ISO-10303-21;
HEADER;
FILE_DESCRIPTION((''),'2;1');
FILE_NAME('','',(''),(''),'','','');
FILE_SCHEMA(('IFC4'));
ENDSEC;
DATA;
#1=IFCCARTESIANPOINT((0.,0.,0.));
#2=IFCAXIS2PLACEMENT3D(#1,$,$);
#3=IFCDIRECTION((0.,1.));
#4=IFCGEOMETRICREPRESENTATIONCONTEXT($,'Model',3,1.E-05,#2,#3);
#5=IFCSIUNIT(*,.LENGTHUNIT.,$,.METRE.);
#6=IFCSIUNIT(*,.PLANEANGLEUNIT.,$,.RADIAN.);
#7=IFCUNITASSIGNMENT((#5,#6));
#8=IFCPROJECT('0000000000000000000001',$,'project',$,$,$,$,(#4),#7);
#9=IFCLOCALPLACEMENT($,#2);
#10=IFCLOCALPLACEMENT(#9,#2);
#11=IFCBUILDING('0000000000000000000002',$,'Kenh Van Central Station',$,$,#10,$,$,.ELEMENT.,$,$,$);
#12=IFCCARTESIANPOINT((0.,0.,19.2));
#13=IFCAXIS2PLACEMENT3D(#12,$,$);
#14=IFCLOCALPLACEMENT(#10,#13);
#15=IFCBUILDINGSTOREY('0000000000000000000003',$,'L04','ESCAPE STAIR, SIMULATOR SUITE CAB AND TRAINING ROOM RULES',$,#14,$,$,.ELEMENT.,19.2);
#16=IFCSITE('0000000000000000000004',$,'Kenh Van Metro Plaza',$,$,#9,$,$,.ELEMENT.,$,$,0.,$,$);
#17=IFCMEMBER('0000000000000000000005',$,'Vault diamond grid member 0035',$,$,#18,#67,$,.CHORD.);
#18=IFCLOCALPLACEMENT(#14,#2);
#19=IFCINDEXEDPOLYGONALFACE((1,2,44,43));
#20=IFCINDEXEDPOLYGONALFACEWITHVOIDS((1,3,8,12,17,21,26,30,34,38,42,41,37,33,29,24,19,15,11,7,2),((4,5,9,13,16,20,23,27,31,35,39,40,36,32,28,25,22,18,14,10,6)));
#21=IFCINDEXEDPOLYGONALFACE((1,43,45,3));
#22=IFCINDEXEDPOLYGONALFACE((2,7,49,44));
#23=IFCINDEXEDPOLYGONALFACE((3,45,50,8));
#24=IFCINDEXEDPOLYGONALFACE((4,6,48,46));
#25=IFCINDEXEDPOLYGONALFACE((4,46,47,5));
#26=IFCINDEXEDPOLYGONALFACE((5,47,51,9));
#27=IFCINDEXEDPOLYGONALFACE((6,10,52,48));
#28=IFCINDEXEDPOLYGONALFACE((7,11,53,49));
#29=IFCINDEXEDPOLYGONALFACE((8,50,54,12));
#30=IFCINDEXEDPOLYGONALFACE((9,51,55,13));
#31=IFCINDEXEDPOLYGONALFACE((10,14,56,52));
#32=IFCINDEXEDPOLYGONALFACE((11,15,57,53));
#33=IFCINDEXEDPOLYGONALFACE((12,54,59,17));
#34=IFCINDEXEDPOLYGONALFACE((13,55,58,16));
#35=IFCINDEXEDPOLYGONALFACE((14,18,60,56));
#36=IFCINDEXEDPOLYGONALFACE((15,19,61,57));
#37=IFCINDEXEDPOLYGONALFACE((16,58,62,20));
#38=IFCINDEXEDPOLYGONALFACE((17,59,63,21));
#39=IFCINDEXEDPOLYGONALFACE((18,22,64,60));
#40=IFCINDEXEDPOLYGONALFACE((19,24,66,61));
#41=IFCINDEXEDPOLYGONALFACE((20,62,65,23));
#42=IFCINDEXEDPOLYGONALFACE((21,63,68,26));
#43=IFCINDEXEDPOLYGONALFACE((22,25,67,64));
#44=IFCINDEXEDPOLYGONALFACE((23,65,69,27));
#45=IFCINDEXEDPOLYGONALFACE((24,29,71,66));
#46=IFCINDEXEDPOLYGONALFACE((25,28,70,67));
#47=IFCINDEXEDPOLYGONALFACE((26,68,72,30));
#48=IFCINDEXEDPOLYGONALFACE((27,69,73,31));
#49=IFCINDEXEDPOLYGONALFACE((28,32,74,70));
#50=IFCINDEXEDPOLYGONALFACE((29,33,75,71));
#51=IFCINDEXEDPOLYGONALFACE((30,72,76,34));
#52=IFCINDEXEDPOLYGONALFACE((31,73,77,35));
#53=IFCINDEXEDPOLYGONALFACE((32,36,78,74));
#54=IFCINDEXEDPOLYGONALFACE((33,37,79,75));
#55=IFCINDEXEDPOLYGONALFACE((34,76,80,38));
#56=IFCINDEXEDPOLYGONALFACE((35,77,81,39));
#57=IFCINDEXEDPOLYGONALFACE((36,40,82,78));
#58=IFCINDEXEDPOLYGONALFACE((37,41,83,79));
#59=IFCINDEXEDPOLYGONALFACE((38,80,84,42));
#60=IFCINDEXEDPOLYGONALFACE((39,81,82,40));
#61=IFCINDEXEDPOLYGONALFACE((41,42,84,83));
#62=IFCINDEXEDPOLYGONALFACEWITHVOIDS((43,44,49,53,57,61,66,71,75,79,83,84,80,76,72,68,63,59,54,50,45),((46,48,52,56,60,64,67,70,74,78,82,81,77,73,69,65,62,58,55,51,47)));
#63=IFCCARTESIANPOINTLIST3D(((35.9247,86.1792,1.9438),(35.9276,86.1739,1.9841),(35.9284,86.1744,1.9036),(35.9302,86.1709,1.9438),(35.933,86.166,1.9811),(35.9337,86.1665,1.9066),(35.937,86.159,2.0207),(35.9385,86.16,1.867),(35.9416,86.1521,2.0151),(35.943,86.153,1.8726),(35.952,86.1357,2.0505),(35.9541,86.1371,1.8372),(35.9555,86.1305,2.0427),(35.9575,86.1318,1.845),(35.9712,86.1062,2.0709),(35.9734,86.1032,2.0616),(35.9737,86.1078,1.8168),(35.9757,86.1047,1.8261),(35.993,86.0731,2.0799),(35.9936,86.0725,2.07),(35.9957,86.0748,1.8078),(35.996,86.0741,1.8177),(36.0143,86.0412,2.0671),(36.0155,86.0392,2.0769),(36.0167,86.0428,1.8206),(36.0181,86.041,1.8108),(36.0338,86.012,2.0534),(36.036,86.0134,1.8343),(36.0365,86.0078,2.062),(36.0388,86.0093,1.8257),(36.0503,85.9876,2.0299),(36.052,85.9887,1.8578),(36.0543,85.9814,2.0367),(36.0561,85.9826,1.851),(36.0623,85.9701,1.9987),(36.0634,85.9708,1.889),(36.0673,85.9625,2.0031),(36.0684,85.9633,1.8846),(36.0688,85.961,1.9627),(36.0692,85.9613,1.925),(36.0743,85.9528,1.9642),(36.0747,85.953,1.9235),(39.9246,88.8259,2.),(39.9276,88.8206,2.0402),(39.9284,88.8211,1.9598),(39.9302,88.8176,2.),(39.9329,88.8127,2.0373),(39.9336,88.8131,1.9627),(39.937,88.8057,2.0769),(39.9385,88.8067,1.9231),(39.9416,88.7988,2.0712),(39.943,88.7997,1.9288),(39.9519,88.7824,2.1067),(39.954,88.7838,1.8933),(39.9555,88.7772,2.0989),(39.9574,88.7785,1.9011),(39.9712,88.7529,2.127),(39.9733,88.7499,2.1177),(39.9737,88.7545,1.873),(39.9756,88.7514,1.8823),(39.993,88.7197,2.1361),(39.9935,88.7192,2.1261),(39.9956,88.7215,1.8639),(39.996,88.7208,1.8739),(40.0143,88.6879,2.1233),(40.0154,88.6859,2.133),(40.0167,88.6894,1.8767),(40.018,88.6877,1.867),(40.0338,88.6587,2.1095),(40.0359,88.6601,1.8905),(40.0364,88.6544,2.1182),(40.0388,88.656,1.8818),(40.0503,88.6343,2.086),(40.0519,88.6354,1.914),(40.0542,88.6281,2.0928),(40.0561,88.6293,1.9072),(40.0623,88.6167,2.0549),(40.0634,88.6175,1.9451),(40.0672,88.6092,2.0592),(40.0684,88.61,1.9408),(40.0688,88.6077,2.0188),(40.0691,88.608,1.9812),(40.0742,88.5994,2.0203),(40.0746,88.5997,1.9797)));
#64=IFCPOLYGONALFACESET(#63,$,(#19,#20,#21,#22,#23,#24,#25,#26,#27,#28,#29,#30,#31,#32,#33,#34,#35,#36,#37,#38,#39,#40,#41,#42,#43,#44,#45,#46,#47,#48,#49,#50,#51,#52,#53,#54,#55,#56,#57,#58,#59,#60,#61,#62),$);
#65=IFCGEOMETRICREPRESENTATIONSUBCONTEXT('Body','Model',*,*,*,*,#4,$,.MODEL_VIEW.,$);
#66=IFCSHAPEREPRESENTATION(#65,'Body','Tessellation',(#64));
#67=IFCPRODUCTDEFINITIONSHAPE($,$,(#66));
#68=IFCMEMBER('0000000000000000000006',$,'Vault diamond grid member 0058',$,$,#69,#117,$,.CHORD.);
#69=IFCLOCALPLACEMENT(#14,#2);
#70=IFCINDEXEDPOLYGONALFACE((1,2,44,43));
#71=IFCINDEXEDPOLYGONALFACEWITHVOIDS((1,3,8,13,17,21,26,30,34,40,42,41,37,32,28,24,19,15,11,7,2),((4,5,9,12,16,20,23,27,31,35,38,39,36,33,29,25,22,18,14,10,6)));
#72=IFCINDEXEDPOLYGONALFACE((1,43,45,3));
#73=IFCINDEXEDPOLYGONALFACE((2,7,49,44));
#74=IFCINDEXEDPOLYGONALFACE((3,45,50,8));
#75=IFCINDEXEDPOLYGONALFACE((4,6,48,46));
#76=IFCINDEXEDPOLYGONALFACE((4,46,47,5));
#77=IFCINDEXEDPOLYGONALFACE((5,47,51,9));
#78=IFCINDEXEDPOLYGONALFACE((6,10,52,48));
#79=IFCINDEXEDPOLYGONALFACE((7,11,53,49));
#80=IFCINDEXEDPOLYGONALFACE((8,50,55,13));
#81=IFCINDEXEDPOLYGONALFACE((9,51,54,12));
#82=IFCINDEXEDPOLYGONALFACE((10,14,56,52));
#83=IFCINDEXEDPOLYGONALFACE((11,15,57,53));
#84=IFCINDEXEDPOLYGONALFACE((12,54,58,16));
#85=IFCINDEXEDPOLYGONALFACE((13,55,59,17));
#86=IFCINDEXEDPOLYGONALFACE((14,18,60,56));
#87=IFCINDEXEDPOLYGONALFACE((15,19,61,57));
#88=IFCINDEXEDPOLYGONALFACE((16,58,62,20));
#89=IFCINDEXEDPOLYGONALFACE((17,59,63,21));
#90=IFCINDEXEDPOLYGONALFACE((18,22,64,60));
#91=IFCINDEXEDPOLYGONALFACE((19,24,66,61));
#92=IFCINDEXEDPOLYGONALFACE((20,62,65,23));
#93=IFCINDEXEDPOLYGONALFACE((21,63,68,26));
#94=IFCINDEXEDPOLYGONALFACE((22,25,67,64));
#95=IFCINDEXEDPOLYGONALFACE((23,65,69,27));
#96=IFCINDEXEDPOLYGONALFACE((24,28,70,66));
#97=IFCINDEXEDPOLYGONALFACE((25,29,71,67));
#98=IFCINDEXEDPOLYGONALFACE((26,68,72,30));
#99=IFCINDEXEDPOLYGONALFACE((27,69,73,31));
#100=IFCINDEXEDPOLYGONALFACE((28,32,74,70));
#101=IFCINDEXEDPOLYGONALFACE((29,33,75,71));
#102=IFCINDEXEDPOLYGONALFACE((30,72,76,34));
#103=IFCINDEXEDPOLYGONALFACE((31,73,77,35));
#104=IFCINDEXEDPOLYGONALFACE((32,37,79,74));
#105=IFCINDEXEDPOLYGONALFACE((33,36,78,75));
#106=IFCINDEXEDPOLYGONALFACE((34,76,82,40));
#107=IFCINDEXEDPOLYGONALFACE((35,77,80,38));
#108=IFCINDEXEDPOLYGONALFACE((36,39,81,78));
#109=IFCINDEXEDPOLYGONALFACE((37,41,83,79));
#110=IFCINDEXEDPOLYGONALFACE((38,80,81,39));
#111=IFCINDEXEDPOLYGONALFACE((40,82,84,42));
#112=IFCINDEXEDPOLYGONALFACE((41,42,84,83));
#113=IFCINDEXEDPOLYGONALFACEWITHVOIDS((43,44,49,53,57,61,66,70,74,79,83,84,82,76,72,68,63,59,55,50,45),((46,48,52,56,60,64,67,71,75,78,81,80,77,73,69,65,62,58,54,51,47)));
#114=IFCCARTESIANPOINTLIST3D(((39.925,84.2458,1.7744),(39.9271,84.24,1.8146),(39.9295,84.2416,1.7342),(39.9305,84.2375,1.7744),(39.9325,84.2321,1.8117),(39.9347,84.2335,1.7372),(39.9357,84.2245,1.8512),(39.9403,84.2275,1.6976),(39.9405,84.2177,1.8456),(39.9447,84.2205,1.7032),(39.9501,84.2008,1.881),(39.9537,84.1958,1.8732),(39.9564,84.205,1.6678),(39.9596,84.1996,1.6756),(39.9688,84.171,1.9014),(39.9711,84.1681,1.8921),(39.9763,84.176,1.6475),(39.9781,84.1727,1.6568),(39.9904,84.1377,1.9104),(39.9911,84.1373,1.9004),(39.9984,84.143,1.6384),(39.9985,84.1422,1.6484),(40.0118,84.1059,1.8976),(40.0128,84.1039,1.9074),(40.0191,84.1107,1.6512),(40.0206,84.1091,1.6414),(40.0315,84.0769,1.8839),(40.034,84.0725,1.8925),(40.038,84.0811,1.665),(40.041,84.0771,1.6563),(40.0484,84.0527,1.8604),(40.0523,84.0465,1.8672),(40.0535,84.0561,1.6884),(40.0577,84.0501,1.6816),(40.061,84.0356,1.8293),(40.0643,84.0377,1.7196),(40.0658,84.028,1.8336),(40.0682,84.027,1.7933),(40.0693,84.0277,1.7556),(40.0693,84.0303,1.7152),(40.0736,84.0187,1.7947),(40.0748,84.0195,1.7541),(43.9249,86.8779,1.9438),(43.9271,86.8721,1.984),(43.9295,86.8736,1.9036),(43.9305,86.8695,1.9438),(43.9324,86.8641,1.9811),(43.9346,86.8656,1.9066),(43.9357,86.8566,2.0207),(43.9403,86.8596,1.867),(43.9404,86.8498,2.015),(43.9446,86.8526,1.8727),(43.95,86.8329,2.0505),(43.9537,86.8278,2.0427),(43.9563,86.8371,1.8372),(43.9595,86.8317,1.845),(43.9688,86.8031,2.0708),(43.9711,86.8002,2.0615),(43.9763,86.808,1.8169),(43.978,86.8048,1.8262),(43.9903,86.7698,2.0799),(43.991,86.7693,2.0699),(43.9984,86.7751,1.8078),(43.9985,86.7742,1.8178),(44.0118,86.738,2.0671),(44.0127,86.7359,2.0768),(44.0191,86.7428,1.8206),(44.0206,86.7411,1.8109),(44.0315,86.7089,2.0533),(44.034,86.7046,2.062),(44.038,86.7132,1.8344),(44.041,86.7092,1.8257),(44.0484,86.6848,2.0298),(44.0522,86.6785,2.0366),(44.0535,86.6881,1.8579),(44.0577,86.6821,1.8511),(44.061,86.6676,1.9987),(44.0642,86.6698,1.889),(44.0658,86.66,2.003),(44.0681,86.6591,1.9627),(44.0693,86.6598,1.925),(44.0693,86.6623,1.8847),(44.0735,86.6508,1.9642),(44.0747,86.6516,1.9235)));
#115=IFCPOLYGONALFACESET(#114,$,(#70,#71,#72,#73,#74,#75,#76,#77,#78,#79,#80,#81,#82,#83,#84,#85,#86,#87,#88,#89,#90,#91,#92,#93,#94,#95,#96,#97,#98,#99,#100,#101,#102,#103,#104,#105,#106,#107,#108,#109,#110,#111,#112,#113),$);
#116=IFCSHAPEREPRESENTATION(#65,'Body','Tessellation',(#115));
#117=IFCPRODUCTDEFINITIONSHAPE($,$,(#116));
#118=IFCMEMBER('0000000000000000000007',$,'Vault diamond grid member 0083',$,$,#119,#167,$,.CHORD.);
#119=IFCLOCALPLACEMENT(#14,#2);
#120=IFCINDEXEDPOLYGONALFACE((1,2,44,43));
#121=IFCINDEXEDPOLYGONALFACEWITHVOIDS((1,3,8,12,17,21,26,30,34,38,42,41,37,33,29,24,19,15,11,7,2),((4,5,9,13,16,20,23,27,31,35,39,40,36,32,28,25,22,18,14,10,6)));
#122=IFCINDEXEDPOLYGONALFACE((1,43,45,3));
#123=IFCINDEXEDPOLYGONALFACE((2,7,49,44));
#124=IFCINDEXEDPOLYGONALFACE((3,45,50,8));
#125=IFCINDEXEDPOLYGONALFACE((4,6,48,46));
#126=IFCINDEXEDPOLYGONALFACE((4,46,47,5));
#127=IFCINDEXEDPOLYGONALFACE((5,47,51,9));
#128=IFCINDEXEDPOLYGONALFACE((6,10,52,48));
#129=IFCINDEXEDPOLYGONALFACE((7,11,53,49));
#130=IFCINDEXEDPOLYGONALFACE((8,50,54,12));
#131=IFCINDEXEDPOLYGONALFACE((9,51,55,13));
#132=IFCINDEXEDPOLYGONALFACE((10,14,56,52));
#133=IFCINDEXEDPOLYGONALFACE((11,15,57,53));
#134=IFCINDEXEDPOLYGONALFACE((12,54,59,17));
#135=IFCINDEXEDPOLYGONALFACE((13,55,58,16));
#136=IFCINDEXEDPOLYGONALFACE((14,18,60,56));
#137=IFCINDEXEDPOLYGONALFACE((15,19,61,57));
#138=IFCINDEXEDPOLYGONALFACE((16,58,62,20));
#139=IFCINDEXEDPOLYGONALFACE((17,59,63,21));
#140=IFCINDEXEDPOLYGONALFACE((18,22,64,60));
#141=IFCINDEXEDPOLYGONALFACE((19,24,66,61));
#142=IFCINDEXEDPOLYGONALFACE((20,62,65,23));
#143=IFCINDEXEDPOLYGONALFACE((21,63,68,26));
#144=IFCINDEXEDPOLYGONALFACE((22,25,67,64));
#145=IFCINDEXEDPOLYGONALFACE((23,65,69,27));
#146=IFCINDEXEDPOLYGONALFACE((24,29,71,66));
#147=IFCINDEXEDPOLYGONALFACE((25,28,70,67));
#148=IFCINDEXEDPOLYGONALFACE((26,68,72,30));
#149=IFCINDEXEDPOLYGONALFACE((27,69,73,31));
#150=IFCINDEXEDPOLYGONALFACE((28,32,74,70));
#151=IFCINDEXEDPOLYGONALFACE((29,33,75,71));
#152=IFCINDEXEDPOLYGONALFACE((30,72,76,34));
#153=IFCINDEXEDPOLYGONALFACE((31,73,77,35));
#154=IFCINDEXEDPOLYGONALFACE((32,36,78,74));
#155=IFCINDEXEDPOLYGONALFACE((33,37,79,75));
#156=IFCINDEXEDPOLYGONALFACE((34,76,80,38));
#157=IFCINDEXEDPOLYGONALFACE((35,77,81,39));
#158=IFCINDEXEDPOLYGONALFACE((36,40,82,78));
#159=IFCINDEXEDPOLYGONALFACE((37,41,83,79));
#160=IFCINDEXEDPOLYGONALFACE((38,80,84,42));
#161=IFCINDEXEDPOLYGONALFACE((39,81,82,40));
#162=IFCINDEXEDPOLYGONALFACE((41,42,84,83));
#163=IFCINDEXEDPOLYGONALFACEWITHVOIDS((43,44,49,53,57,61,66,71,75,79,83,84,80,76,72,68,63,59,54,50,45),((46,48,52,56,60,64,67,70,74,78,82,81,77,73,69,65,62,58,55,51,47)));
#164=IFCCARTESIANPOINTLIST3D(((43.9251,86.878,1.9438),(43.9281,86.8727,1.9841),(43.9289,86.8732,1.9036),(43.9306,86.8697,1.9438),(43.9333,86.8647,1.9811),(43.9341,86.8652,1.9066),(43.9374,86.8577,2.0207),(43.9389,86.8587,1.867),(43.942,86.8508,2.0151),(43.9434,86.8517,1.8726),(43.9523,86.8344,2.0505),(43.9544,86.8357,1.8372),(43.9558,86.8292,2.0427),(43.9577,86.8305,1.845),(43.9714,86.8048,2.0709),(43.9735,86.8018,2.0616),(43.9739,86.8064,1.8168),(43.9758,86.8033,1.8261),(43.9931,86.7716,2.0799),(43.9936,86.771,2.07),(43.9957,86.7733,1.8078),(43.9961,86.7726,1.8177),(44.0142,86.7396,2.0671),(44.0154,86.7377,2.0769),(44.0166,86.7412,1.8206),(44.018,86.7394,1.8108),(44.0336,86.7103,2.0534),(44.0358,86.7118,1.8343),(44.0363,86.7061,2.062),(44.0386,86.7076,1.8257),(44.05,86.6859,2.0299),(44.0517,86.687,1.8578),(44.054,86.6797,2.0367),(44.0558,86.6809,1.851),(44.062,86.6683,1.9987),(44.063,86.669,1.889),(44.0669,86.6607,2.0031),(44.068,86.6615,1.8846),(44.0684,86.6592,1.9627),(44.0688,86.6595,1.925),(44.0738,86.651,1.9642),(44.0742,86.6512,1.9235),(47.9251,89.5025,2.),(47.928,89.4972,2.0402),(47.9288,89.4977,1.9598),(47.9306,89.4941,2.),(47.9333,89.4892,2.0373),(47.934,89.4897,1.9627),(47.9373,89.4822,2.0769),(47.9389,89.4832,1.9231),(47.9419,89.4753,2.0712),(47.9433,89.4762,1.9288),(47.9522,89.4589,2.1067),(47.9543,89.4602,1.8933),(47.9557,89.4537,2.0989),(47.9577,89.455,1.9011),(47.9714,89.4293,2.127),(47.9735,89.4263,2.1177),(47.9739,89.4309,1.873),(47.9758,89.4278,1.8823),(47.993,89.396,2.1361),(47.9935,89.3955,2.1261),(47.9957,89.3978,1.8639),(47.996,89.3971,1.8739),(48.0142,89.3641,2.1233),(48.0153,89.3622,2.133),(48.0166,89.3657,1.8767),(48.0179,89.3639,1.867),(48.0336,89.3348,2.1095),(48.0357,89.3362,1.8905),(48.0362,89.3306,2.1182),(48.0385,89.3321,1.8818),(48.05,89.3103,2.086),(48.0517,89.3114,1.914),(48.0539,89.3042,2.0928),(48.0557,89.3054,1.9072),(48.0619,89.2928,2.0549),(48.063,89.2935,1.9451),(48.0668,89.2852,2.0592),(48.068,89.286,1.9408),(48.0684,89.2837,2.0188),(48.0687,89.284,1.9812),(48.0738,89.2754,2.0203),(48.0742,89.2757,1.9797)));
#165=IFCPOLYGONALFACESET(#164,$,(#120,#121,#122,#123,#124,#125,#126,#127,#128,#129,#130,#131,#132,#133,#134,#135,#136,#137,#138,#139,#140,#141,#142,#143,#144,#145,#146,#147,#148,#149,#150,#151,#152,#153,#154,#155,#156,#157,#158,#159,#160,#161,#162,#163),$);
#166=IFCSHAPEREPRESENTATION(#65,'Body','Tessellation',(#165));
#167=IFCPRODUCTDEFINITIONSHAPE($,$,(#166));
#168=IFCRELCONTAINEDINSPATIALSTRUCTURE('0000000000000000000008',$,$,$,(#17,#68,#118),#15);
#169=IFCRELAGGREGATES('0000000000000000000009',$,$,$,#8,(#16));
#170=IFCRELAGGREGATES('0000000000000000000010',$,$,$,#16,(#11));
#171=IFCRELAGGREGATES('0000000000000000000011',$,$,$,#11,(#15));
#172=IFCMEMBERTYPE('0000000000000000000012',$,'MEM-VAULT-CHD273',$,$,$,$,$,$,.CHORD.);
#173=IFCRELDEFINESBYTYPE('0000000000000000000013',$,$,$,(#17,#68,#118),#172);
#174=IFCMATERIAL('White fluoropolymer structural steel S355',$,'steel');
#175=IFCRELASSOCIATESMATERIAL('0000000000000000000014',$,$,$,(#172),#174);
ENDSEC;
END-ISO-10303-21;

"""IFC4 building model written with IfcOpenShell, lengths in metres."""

from ifc_helpers import new_model, si_unit, direction, frame, origin, origin_2d, place, context, subcontext, project, spatial, hollow_circle, extrude, material, material_profile, profile_set, type_object, element, save


model = new_model("IFC4")

# Units and contexts
model_context = context("Model", 3, precision=1e-05, world=origin(), true_north=direction((0.0, 1.0)))
body_context = subcontext(model_context, "Body", "Model", "MODEL_VIEW")
ifc_project = project(units=[si_unit("LENGTHUNIT", "METRE"), si_unit("PLANEANGLEUNIT", "RADIAN")], contexts=[model_context])

# Site, building, storey
site_placement = place(None, origin())
site = spatial("IfcSite", under=ifc_project, at=site_placement, Name="Kenh Van Metro Plaza", CompositionType="ELEMENT", RefElevation=0.0)
building_placement = place(site_placement, origin())
building = spatial("IfcBuilding", under=site, at=building_placement, Name="Kenh Van Central Station", CompositionType="ELEMENT")
storey_placement = place(building_placement, frame((0.0, 0.0, 19.2)))
storey = spatial("IfcBuildingStorey", under=building, at=storey_placement, Name="L04", Description="ESCAPE STAIR, SIMULATOR SUITE CAB AND TRAINING ROOM RULES", CompositionType="ELEMENT", Elevation=19.2)

# Shared definitions
ifc_material_1 = material(Name="White fluoropolymer structural steel S355", Category="steel")

# Members
ifc_material_profile_1 = material_profile(ifc_material_1, hollow_circle(Radius=0.1365, WallThickness=0.01, at=origin_2d()), Name="CHS 273x10")
ifc_profile_set_1 = profile_set([ifc_material_profile_1], Name="White fluoropolymer structural steel S355")
member_type_1 = type_object("IfcMemberType", Name="MEM-VAULT-CHD273", PredefinedType="CHORD", material=ifc_profile_set_1)
member_1_placement = place(storey_placement, frame((36.0, 86.0654, 1.9438), z_axis=(0.833907, 0.551781, 0.011706), x_axis=(-0.551819, 0.833964, 0.0)))
element("IfcMember", 1, at=member_1_placement, inside=storey, type_object=member_type_1, Name="Vault diamond grid member 0035", PredefinedType="CHORD", context=body_context, shape_type="SweptSolid", body=[
    extrude(hollow_circle(Radius=0.1365, WallThickness=0.01, at=origin_2d()), origin(), (0.0, 0.0, 1.0), 4.7966),
])
member_2_placement = place(storey_placement, frame((40.0, 84.1318, 1.7744), z_axis=(0.834847, 0.549346, 0.035363), x_axis=(-0.54969, 0.835369, 0.0)))
element("IfcMember", 2, at=member_2_placement, inside=storey, type_object=member_type_1, Name="Vault diamond grid member 0058", PredefinedType="CHORD", context=body_context, shape_type="SweptSolid", body=[
    extrude(hollow_circle(Radius=0.1365, WallThickness=0.01, at=origin_2d()), origin(), (0.0, 0.0, 1.0), 4.7913),
])
member_3_placement = place(storey_placement, frame((44.0, 86.7639, 1.9438), z_axis=(0.836037, 0.548547, 0.011736), x_axis=(-0.548585, 0.836095, 0.0)))
element("IfcMember", 3, at=member_3_placement, inside=storey, type_object=member_type_1, Name="Vault diamond grid member 0083", PredefinedType="CHORD", context=body_context, shape_type="SweptSolid", body=[
    extrude(hollow_circle(Radius=0.1365, WallThickness=0.01, at=origin_2d()), origin(), (0.0, 0.0, 1.0), 4.7844),
])

save(model, "model.ifc")
